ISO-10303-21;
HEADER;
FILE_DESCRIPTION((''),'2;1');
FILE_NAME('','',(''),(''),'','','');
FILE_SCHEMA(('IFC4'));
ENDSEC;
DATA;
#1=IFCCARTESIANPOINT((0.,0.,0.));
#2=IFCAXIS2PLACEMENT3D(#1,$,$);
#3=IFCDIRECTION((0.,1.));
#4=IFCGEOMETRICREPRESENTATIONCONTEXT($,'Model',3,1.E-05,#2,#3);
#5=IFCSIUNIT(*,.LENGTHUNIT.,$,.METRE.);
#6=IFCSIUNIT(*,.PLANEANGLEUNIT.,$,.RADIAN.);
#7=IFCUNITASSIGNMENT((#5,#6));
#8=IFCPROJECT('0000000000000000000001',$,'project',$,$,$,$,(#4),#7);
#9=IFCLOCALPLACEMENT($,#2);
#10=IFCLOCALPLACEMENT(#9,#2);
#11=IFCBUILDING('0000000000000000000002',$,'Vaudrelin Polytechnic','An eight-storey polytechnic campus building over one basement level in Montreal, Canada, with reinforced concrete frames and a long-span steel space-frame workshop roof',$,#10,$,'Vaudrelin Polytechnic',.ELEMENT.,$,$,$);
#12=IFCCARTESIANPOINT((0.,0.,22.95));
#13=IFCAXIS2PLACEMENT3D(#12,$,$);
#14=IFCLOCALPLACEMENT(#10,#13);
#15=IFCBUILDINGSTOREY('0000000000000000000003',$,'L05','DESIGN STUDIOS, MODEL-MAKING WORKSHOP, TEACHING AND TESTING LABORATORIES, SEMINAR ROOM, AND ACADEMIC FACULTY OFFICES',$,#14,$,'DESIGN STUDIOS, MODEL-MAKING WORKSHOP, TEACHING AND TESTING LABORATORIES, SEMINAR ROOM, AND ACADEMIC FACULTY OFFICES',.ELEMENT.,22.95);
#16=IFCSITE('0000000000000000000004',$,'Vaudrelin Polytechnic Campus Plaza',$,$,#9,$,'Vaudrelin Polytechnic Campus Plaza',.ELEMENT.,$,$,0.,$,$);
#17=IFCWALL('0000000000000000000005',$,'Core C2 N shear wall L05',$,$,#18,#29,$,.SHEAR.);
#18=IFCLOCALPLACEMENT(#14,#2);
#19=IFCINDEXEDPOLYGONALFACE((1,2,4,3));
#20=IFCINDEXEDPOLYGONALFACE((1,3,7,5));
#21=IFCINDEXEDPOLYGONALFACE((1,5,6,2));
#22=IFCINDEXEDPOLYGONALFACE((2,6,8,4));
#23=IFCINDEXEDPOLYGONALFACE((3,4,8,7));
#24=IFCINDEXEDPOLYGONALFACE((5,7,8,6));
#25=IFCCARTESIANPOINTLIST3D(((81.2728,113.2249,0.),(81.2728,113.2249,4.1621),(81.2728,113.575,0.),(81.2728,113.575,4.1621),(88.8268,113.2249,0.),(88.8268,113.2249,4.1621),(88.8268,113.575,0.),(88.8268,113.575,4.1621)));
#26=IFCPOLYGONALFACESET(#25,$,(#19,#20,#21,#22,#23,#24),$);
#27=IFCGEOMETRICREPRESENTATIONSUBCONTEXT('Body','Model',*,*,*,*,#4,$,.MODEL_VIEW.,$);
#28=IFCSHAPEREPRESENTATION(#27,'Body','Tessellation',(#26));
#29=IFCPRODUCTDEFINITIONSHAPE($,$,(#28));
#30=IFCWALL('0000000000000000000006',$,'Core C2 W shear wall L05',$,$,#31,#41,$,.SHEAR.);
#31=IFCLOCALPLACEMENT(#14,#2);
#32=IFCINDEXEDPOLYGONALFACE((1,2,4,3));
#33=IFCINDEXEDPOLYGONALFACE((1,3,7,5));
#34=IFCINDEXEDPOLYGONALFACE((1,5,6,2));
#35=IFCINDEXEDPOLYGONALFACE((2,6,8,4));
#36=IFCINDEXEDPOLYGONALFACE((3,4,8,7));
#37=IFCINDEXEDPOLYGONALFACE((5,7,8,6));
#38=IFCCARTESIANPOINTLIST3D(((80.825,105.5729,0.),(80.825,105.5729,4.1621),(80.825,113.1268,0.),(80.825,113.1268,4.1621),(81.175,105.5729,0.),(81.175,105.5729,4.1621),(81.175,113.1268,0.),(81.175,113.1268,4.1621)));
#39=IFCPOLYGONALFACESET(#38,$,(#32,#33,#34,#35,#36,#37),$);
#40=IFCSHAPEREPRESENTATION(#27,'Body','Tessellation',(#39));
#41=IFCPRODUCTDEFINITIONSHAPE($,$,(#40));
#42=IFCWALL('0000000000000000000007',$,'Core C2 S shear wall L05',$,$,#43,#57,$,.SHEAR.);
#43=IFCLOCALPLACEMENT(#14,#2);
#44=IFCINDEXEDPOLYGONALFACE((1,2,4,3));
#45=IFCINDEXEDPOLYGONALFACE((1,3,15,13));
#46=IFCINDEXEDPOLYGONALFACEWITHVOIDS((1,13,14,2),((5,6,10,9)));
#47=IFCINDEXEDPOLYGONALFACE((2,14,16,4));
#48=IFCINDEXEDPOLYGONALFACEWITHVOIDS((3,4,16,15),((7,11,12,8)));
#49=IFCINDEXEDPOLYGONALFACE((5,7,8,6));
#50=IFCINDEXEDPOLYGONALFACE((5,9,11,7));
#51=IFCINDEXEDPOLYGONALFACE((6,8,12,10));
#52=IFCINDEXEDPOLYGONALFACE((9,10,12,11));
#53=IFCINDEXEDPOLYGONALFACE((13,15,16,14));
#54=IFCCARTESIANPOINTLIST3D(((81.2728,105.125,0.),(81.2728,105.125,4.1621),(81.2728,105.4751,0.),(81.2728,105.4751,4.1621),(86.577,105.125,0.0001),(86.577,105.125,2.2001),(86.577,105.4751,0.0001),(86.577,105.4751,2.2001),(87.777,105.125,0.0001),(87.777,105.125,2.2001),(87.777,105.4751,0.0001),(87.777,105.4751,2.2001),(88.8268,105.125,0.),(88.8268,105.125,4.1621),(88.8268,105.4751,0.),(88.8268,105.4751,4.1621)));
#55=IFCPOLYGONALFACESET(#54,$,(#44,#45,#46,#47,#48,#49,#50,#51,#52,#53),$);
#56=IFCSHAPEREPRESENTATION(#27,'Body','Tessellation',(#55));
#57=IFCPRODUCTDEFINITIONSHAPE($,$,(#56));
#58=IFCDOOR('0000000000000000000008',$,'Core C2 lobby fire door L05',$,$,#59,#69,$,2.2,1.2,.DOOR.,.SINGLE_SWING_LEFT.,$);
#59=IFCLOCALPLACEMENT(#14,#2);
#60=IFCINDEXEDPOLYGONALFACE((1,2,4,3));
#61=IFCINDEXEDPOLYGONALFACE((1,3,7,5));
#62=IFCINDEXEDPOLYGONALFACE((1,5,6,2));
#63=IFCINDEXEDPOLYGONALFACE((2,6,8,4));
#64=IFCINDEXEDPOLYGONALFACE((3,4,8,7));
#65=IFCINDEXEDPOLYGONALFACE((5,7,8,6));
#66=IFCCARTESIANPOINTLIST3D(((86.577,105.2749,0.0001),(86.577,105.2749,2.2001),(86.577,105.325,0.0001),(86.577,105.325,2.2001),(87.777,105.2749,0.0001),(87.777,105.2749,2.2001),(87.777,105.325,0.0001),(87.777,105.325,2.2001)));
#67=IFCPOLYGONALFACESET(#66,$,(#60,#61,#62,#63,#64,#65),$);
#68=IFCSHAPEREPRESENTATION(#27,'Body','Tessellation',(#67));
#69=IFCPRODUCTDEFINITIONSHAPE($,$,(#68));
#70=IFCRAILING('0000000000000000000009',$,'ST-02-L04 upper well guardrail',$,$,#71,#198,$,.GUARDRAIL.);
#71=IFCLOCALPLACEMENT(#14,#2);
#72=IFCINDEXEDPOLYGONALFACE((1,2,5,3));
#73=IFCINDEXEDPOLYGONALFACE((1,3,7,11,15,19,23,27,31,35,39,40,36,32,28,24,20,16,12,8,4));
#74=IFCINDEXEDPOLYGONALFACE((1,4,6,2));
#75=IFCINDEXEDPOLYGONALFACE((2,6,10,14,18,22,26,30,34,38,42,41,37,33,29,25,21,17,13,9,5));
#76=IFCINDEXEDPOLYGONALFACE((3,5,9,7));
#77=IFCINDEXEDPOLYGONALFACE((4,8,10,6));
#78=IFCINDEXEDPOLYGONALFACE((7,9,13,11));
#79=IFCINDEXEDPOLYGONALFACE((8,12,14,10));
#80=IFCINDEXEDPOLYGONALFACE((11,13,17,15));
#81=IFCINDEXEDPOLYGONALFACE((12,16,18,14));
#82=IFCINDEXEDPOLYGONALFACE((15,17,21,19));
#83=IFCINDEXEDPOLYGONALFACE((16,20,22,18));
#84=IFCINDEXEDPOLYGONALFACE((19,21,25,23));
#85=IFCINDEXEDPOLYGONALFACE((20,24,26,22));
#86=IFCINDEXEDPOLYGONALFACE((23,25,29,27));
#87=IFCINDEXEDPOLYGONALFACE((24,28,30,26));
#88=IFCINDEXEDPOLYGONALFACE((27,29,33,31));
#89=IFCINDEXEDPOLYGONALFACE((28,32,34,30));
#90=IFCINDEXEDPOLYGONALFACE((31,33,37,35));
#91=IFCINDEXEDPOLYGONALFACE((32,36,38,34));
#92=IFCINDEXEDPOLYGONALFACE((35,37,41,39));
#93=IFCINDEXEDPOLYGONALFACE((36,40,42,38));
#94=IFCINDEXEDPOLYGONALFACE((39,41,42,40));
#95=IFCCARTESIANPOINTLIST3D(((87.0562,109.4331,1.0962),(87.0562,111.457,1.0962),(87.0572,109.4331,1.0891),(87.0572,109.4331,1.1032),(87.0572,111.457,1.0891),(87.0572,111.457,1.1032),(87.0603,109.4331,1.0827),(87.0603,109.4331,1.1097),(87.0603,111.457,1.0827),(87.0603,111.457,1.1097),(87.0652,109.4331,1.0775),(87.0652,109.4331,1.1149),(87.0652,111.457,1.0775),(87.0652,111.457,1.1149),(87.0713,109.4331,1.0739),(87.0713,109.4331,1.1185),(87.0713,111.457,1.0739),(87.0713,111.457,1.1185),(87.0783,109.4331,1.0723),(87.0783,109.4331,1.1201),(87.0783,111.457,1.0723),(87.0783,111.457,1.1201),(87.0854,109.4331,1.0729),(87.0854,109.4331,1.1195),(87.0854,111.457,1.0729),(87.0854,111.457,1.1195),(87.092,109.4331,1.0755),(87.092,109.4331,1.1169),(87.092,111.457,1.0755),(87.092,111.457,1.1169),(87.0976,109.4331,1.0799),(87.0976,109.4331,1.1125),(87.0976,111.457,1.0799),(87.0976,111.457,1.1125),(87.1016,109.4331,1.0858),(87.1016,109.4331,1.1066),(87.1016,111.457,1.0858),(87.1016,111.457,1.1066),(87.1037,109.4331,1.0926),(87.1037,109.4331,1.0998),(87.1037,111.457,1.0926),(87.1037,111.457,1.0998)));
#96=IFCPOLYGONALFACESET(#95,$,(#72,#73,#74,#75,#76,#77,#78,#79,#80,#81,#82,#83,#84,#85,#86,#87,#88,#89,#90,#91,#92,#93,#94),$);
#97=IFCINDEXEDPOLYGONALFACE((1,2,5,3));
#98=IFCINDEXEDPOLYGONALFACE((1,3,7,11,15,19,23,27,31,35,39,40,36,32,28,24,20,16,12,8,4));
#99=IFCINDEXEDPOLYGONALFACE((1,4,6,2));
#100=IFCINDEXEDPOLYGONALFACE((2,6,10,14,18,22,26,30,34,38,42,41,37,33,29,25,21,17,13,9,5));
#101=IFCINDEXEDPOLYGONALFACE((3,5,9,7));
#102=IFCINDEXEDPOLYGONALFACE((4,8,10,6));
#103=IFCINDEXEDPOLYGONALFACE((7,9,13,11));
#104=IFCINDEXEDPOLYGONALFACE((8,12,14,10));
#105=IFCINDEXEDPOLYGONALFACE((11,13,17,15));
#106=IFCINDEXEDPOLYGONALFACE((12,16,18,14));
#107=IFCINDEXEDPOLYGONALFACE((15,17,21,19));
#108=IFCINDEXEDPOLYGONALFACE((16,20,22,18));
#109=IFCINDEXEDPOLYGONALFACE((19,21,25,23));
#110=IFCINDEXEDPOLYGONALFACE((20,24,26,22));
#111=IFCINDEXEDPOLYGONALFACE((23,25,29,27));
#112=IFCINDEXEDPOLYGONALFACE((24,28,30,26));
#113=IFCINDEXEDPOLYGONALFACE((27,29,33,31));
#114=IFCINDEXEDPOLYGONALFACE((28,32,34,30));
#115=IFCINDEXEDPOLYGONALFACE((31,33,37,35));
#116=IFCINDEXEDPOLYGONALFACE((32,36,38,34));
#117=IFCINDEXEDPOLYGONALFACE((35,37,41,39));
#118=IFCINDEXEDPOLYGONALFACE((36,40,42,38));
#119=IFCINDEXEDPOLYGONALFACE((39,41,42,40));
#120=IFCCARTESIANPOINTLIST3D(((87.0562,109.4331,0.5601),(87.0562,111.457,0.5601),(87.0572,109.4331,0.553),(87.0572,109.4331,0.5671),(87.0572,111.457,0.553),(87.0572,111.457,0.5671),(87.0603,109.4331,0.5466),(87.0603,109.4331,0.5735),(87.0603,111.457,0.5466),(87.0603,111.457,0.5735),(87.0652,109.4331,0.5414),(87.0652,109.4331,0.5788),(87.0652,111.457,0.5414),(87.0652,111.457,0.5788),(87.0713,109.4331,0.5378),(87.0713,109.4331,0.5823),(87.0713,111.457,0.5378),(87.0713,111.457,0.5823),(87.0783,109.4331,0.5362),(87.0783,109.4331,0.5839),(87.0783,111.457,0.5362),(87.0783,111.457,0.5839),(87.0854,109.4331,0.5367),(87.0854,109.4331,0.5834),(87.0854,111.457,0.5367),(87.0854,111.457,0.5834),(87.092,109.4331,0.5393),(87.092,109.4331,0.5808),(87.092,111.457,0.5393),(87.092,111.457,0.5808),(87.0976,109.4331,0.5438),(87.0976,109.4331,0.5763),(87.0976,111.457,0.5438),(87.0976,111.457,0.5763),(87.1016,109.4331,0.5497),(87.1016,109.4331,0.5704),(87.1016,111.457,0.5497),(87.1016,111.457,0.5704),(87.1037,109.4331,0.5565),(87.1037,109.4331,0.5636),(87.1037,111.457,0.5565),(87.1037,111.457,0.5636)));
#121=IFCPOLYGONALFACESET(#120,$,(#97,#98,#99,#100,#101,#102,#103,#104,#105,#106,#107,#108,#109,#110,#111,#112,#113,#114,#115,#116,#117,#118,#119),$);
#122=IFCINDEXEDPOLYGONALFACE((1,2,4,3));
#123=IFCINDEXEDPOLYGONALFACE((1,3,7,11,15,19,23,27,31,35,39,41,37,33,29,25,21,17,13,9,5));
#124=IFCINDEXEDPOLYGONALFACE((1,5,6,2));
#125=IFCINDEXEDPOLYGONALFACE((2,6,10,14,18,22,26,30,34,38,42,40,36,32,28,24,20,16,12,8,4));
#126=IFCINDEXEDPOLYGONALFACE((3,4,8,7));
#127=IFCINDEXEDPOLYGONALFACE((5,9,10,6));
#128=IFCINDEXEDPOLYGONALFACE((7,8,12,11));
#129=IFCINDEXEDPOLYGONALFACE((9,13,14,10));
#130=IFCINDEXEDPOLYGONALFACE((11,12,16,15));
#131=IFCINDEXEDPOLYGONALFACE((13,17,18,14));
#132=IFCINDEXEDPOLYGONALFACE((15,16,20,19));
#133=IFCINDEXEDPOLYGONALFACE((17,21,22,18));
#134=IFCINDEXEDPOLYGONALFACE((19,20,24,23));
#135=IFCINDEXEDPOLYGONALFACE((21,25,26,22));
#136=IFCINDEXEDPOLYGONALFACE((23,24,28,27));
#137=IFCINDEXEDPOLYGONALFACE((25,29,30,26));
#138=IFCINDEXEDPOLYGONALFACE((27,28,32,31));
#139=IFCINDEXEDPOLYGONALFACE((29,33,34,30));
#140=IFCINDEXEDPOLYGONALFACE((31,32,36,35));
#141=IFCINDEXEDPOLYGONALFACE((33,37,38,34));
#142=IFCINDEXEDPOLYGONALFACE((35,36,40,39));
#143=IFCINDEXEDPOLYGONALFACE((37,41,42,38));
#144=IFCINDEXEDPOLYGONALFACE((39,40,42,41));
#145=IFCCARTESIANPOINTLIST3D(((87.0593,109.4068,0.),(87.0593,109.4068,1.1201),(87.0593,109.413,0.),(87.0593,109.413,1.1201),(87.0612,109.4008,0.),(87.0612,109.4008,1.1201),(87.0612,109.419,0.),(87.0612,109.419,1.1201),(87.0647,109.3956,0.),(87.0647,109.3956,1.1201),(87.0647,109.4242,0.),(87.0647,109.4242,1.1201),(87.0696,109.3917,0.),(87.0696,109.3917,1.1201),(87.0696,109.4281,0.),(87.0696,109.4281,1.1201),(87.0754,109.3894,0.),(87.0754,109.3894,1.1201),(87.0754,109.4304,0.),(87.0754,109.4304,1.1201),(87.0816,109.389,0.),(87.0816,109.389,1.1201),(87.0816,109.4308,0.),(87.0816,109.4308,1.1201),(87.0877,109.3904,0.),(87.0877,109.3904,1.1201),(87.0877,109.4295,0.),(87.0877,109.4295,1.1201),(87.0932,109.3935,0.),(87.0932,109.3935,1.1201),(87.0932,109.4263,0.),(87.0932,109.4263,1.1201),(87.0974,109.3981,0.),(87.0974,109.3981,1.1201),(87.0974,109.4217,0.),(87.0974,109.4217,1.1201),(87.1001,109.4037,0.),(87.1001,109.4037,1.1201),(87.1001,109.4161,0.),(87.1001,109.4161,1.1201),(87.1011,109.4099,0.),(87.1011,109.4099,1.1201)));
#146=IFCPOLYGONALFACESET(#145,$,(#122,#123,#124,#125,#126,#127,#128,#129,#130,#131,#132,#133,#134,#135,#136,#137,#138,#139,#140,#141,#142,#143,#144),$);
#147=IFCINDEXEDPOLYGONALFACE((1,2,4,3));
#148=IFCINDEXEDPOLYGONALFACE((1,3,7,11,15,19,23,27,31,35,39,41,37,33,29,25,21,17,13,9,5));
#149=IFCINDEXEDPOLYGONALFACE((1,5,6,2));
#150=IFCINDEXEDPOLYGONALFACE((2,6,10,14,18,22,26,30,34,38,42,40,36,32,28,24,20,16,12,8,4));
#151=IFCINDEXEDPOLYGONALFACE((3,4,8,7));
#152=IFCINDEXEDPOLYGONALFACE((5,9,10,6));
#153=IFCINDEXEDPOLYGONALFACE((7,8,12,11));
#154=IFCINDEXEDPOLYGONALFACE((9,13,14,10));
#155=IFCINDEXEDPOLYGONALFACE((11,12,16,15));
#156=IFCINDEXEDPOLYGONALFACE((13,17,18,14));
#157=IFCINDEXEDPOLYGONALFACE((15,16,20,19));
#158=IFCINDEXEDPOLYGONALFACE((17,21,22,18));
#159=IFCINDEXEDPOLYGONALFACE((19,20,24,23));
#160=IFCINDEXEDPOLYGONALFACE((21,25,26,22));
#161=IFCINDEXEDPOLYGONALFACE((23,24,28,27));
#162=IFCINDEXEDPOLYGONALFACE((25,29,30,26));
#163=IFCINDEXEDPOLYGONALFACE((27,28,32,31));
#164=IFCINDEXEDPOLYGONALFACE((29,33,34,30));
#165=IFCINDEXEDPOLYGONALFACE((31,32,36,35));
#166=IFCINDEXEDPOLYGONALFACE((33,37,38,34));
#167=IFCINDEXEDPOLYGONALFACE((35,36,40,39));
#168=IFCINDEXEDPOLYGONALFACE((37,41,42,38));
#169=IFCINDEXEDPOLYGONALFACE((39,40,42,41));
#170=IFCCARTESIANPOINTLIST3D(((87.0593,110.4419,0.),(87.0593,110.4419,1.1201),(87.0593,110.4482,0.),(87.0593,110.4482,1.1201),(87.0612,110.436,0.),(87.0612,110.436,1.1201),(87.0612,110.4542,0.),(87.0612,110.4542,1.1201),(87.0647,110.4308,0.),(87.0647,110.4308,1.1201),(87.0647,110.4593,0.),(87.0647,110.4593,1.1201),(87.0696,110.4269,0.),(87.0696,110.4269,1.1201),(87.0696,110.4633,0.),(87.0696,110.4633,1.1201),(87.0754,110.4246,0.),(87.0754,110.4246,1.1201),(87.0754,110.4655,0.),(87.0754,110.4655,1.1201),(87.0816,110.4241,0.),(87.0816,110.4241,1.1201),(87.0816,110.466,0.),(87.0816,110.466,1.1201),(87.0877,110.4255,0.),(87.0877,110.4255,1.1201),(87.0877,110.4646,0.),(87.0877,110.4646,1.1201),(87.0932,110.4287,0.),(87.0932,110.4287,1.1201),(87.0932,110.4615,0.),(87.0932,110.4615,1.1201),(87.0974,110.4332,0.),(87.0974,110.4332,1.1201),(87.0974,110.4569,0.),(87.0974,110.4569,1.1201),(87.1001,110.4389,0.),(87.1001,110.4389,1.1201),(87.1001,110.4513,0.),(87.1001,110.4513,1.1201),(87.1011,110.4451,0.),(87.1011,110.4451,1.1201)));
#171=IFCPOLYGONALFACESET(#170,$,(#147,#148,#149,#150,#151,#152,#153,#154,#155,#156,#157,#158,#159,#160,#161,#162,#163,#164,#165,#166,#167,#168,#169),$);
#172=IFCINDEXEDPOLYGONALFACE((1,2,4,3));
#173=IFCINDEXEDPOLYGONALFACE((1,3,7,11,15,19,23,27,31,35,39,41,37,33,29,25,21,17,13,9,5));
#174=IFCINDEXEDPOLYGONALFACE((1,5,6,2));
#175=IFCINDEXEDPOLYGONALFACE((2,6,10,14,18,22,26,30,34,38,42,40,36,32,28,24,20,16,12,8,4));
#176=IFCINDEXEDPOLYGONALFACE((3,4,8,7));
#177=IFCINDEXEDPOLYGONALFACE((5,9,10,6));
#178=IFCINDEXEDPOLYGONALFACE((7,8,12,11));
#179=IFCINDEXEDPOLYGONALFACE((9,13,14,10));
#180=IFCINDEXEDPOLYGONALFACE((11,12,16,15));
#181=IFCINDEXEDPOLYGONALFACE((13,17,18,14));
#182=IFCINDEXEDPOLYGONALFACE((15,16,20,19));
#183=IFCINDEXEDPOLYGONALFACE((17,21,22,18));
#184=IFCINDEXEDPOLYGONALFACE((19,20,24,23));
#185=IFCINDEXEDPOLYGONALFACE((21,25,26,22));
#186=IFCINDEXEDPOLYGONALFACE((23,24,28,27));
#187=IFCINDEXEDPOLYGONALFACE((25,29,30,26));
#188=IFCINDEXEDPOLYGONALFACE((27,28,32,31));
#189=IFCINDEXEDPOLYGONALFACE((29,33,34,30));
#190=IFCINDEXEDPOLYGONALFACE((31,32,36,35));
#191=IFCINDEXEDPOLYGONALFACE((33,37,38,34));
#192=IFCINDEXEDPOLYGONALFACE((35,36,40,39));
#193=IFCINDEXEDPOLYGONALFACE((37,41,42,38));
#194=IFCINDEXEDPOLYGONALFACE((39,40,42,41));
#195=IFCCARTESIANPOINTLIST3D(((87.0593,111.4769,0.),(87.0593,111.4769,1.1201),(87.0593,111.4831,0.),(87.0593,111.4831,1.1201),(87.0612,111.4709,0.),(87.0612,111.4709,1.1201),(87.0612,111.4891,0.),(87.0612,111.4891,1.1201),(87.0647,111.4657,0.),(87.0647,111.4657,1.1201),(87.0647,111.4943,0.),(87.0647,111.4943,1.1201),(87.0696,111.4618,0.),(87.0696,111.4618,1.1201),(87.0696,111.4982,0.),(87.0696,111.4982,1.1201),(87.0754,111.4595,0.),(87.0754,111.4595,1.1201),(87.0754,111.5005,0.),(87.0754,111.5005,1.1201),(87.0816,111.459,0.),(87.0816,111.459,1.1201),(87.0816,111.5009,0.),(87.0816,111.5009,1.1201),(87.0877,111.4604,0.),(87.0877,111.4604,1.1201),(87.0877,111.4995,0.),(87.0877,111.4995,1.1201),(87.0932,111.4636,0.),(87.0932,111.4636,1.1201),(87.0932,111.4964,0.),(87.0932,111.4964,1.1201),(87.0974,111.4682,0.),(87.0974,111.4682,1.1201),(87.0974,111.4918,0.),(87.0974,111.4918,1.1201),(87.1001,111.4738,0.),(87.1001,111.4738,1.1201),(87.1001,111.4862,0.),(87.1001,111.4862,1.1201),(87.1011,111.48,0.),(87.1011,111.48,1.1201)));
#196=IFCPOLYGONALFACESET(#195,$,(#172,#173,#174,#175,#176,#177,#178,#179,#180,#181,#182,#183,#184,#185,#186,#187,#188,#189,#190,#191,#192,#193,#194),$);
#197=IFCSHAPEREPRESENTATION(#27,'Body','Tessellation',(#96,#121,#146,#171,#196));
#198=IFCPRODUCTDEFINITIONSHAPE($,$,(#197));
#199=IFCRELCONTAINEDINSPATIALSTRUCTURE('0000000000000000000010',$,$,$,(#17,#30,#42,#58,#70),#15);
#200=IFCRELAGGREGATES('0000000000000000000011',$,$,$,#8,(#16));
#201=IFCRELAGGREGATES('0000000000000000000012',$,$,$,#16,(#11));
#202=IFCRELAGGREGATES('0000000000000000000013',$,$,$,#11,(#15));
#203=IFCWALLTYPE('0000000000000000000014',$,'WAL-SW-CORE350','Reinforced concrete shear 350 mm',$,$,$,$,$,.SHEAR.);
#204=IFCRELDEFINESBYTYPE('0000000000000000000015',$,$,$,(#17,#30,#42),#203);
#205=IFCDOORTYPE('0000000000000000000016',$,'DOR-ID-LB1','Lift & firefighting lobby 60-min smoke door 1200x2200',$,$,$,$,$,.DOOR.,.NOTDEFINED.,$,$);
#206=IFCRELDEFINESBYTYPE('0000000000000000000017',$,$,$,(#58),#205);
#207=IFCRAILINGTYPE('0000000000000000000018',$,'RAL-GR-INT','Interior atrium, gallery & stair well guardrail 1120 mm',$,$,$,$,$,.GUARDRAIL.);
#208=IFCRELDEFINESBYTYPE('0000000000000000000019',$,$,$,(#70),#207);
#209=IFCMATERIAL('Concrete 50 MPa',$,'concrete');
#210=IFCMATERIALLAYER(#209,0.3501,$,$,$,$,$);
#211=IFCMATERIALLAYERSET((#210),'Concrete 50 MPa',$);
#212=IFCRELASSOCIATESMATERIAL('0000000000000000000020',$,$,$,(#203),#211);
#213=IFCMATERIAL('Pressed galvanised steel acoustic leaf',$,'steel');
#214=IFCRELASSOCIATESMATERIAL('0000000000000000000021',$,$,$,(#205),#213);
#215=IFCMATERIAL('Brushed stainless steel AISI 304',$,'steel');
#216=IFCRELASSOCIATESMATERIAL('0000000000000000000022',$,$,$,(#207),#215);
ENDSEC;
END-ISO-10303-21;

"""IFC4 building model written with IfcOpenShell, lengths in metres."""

from ifc_helpers import new_model, si_unit, direction, frame, frame_2d, origin, origin_2d, place, context, subcontext, project, spatial, rectangle, circle, extrude, material, layer, layer_set, type_object, element, fill, save


model = new_model("IFC4")

# Units and contexts
model_context = context("Model", 3, precision=1e-05, world=origin(), true_north=direction((0.0, 1.0)))
body_context = subcontext(model_context, "Body", "Model", "MODEL_VIEW")
ifc_project = project(units=[si_unit("LENGTHUNIT", "METRE"), si_unit("PLANEANGLEUNIT", "RADIAN")], contexts=[model_context])

# Site, building, storey
site_placement = place(None, origin())
site = spatial("IfcSite", under=ifc_project, at=site_placement, Name="Vaudrelin Polytechnic Campus Plaza", LongName="Vaudrelin Polytechnic Campus Plaza", CompositionType="ELEMENT", RefElevation=0.0)
building_placement = place(site_placement, origin())
building = spatial("IfcBuilding", under=site, at=building_placement, Name="Vaudrelin Polytechnic", Description="An eight-storey polytechnic campus building over one basement level in Montreal, Canada, with reinforced concrete frames and a long-span steel space-frame workshop roof", LongName="Vaudrelin Polytechnic", CompositionType="ELEMENT")
storey_placement = place(building_placement, frame((0.0, 0.0, 22.95)))
storey = spatial("IfcBuildingStorey", under=building, at=storey_placement, Name="L05", Description="DESIGN STUDIOS, MODEL-MAKING WORKSHOP, TEACHING AND TESTING LABORATORIES, SEMINAR ROOM, AND ACADEMIC FACULTY OFFICES", LongName="DESIGN STUDIOS, MODEL-MAKING WORKSHOP, TEACHING AND TESTING LABORATORIES, SEMINAR ROOM, AND ACADEMIC FACULTY OFFICES", CompositionType="ELEMENT", Elevation=22.95)

# Shared definitions
ifc_material_1 = material(Name="Concrete 50 MPa", Category="concrete")

# Shared definitions
ifc_material_2 = material(Name="Pressed galvanised steel acoustic leaf", Category="steel")
ifc_material_3 = material(Name="Brushed stainless steel AISI 304", Category="steel")

# Walls
ifc_layer_1 = layer(ifc_material_1, 0.3501)
ifc_layer_set_1 = layer_set([ifc_layer_1], Name="Concrete 50 MPa")
wall_type_1 = type_object("IfcWallType", Name="WAL-SW-CORE350", Description="Reinforced concrete shear 350 mm", PredefinedType="SHEAR", material=ifc_layer_set_1)
for number, where, z_axis, x_axis, name in (
    (1, (81.2729, 113.3999, 0.0), (0.0, 0.0, 1.0), (1.0, 0.0, 0.0), "Core C2 N shear wall L05"),
    (2, (81.0, 105.573, 0.0), (0.0, 0.0, 1.0), (0.0, 1.0, 0.0), "Core C2 W shear wall L05"),
):
    element("IfcWall", number, at=place(storey_placement, frame(where, z_axis=z_axis, x_axis=x_axis)), inside=storey, type_object=wall_type_1, Name=name, PredefinedType="SHEAR", context=body_context, shape_type="SweptSolid", body=[
        extrude(rectangle(XDim=7.554, YDim=0.3501, at=frame_2d((3.7769, 0.0))), origin(), (0.0, 0.0, 1.0), 4.1621),
    ])

# Wall, opening, door
wall_1_placement = place(storey_placement, frame((81.2729, 105.3, 0.0), z_axis=(0.0, 0.0, 1.0), x_axis=(1.0, 0.0, 0.0)))
wall_1 = element("IfcWall", 3, at=wall_1_placement, inside=storey, type_object=wall_type_1, Name="Core C2 S shear wall L05", PredefinedType="SHEAR", context=body_context, shape_type="SweptSolid", body=[
    extrude(rectangle(XDim=7.554, YDim=0.3501, at=frame_2d((3.7769, 0.0))), origin(), (0.0, 0.0, 1.0), 4.1621),
])
opening_1_placement = place(wall_1_placement, frame((5.304, 0.0, 0.0)))
opening_1 = element("IfcOpeningElement", 4, at=opening_1_placement, cuts=wall_1, PredefinedType="OPENING", context=body_context, shape_type="SweptSolid", body=[
    extrude(rectangle(XDim=1.2, YDim=2.2, at=frame_2d((0.6001, 1.1001))), frame((0.0, 0.1851, 0.0), z_axis=(0.0, -1.0, 0.0), x_axis=(1.0, 0.0, 0.0)), (0.0, 0.0, 1.0), 0.3701),
])
door_type_1 = type_object("IfcDoorType", Name="DOR-ID-LB1", Description="Lift & firefighting lobby 60-min smoke door 1200x2200", OperationType="NOTDEFINED", PredefinedType="DOOR", material=ifc_material_2)
door_1_placement = place(opening_1_placement, origin())
door_1 = element("IfcDoor", 5, at=door_1_placement, inside=storey, type_object=door_type_1, Name="Core C2 lobby fire door L05", OperationType="SINGLE_SWING_LEFT", OverallHeight=2.2, OverallWidth=1.2, PredefinedType="DOOR", context=body_context, shape_type="SweptSolid", body=[
    extrude(rectangle(XDim=1.2, YDim=2.2, at=frame_2d((0.6001, 1.1001))), frame((0.0, 0.0249, 0.0), z_axis=(0.0, -1.0, 0.0), x_axis=(1.0, 0.0, 0.0)), (0.0, 0.0, 1.0), 0.05),
])
fill(opening_1, door_1)

# Railing
railing_type = type_object("IfcRailingType", Name="RAL-GR-INT", Description="Interior atrium, gallery & stair well guardrail 1120 mm", PredefinedType="GUARDRAIL", material=ifc_material_3)
railing_placement = place(storey_placement, frame((87.0801, 109.4099, 0.0)))
element("IfcRailing", 6, at=railing_placement, inside=storey, type_object=railing_type, Name="ST-02-L04 upper well guardrail", PredefinedType="GUARDRAIL", context=body_context, shape_type="SweptSolid", body=[
    extrude(circle(Radius=0.0239, at=origin_2d()), frame((0.0, 0.0232, 1.0962), z_axis=(0.0, 1.0, 0.0), x_axis=(-1.0, 0.0, 0.0)), (0.0, 0.0, 1.0), 2.0239),
    extrude(circle(Radius=0.0239, at=origin_2d()), frame((0.0, 0.0232, 0.5601), z_axis=(0.0, 1.0, 0.0), x_axis=(-1.0, 0.0, 0.0)), (0.0, 0.0, 1.0), 2.0239),
    extrude(circle(Radius=0.021, at=origin_2d()), origin(), (0.0, 0.0, 1.0), 1.1201),
    extrude(circle(Radius=0.021, at=origin_2d()), frame((0.0, 1.0352, 0.0)), (0.0, 0.0, 1.0), 1.1201),
    extrude(circle(Radius=0.021, at=origin_2d()), frame((0.0, 2.0701, 0.0)), (0.0, 0.0, 1.0), 1.1201),
])

save(model, "model.ifc")
